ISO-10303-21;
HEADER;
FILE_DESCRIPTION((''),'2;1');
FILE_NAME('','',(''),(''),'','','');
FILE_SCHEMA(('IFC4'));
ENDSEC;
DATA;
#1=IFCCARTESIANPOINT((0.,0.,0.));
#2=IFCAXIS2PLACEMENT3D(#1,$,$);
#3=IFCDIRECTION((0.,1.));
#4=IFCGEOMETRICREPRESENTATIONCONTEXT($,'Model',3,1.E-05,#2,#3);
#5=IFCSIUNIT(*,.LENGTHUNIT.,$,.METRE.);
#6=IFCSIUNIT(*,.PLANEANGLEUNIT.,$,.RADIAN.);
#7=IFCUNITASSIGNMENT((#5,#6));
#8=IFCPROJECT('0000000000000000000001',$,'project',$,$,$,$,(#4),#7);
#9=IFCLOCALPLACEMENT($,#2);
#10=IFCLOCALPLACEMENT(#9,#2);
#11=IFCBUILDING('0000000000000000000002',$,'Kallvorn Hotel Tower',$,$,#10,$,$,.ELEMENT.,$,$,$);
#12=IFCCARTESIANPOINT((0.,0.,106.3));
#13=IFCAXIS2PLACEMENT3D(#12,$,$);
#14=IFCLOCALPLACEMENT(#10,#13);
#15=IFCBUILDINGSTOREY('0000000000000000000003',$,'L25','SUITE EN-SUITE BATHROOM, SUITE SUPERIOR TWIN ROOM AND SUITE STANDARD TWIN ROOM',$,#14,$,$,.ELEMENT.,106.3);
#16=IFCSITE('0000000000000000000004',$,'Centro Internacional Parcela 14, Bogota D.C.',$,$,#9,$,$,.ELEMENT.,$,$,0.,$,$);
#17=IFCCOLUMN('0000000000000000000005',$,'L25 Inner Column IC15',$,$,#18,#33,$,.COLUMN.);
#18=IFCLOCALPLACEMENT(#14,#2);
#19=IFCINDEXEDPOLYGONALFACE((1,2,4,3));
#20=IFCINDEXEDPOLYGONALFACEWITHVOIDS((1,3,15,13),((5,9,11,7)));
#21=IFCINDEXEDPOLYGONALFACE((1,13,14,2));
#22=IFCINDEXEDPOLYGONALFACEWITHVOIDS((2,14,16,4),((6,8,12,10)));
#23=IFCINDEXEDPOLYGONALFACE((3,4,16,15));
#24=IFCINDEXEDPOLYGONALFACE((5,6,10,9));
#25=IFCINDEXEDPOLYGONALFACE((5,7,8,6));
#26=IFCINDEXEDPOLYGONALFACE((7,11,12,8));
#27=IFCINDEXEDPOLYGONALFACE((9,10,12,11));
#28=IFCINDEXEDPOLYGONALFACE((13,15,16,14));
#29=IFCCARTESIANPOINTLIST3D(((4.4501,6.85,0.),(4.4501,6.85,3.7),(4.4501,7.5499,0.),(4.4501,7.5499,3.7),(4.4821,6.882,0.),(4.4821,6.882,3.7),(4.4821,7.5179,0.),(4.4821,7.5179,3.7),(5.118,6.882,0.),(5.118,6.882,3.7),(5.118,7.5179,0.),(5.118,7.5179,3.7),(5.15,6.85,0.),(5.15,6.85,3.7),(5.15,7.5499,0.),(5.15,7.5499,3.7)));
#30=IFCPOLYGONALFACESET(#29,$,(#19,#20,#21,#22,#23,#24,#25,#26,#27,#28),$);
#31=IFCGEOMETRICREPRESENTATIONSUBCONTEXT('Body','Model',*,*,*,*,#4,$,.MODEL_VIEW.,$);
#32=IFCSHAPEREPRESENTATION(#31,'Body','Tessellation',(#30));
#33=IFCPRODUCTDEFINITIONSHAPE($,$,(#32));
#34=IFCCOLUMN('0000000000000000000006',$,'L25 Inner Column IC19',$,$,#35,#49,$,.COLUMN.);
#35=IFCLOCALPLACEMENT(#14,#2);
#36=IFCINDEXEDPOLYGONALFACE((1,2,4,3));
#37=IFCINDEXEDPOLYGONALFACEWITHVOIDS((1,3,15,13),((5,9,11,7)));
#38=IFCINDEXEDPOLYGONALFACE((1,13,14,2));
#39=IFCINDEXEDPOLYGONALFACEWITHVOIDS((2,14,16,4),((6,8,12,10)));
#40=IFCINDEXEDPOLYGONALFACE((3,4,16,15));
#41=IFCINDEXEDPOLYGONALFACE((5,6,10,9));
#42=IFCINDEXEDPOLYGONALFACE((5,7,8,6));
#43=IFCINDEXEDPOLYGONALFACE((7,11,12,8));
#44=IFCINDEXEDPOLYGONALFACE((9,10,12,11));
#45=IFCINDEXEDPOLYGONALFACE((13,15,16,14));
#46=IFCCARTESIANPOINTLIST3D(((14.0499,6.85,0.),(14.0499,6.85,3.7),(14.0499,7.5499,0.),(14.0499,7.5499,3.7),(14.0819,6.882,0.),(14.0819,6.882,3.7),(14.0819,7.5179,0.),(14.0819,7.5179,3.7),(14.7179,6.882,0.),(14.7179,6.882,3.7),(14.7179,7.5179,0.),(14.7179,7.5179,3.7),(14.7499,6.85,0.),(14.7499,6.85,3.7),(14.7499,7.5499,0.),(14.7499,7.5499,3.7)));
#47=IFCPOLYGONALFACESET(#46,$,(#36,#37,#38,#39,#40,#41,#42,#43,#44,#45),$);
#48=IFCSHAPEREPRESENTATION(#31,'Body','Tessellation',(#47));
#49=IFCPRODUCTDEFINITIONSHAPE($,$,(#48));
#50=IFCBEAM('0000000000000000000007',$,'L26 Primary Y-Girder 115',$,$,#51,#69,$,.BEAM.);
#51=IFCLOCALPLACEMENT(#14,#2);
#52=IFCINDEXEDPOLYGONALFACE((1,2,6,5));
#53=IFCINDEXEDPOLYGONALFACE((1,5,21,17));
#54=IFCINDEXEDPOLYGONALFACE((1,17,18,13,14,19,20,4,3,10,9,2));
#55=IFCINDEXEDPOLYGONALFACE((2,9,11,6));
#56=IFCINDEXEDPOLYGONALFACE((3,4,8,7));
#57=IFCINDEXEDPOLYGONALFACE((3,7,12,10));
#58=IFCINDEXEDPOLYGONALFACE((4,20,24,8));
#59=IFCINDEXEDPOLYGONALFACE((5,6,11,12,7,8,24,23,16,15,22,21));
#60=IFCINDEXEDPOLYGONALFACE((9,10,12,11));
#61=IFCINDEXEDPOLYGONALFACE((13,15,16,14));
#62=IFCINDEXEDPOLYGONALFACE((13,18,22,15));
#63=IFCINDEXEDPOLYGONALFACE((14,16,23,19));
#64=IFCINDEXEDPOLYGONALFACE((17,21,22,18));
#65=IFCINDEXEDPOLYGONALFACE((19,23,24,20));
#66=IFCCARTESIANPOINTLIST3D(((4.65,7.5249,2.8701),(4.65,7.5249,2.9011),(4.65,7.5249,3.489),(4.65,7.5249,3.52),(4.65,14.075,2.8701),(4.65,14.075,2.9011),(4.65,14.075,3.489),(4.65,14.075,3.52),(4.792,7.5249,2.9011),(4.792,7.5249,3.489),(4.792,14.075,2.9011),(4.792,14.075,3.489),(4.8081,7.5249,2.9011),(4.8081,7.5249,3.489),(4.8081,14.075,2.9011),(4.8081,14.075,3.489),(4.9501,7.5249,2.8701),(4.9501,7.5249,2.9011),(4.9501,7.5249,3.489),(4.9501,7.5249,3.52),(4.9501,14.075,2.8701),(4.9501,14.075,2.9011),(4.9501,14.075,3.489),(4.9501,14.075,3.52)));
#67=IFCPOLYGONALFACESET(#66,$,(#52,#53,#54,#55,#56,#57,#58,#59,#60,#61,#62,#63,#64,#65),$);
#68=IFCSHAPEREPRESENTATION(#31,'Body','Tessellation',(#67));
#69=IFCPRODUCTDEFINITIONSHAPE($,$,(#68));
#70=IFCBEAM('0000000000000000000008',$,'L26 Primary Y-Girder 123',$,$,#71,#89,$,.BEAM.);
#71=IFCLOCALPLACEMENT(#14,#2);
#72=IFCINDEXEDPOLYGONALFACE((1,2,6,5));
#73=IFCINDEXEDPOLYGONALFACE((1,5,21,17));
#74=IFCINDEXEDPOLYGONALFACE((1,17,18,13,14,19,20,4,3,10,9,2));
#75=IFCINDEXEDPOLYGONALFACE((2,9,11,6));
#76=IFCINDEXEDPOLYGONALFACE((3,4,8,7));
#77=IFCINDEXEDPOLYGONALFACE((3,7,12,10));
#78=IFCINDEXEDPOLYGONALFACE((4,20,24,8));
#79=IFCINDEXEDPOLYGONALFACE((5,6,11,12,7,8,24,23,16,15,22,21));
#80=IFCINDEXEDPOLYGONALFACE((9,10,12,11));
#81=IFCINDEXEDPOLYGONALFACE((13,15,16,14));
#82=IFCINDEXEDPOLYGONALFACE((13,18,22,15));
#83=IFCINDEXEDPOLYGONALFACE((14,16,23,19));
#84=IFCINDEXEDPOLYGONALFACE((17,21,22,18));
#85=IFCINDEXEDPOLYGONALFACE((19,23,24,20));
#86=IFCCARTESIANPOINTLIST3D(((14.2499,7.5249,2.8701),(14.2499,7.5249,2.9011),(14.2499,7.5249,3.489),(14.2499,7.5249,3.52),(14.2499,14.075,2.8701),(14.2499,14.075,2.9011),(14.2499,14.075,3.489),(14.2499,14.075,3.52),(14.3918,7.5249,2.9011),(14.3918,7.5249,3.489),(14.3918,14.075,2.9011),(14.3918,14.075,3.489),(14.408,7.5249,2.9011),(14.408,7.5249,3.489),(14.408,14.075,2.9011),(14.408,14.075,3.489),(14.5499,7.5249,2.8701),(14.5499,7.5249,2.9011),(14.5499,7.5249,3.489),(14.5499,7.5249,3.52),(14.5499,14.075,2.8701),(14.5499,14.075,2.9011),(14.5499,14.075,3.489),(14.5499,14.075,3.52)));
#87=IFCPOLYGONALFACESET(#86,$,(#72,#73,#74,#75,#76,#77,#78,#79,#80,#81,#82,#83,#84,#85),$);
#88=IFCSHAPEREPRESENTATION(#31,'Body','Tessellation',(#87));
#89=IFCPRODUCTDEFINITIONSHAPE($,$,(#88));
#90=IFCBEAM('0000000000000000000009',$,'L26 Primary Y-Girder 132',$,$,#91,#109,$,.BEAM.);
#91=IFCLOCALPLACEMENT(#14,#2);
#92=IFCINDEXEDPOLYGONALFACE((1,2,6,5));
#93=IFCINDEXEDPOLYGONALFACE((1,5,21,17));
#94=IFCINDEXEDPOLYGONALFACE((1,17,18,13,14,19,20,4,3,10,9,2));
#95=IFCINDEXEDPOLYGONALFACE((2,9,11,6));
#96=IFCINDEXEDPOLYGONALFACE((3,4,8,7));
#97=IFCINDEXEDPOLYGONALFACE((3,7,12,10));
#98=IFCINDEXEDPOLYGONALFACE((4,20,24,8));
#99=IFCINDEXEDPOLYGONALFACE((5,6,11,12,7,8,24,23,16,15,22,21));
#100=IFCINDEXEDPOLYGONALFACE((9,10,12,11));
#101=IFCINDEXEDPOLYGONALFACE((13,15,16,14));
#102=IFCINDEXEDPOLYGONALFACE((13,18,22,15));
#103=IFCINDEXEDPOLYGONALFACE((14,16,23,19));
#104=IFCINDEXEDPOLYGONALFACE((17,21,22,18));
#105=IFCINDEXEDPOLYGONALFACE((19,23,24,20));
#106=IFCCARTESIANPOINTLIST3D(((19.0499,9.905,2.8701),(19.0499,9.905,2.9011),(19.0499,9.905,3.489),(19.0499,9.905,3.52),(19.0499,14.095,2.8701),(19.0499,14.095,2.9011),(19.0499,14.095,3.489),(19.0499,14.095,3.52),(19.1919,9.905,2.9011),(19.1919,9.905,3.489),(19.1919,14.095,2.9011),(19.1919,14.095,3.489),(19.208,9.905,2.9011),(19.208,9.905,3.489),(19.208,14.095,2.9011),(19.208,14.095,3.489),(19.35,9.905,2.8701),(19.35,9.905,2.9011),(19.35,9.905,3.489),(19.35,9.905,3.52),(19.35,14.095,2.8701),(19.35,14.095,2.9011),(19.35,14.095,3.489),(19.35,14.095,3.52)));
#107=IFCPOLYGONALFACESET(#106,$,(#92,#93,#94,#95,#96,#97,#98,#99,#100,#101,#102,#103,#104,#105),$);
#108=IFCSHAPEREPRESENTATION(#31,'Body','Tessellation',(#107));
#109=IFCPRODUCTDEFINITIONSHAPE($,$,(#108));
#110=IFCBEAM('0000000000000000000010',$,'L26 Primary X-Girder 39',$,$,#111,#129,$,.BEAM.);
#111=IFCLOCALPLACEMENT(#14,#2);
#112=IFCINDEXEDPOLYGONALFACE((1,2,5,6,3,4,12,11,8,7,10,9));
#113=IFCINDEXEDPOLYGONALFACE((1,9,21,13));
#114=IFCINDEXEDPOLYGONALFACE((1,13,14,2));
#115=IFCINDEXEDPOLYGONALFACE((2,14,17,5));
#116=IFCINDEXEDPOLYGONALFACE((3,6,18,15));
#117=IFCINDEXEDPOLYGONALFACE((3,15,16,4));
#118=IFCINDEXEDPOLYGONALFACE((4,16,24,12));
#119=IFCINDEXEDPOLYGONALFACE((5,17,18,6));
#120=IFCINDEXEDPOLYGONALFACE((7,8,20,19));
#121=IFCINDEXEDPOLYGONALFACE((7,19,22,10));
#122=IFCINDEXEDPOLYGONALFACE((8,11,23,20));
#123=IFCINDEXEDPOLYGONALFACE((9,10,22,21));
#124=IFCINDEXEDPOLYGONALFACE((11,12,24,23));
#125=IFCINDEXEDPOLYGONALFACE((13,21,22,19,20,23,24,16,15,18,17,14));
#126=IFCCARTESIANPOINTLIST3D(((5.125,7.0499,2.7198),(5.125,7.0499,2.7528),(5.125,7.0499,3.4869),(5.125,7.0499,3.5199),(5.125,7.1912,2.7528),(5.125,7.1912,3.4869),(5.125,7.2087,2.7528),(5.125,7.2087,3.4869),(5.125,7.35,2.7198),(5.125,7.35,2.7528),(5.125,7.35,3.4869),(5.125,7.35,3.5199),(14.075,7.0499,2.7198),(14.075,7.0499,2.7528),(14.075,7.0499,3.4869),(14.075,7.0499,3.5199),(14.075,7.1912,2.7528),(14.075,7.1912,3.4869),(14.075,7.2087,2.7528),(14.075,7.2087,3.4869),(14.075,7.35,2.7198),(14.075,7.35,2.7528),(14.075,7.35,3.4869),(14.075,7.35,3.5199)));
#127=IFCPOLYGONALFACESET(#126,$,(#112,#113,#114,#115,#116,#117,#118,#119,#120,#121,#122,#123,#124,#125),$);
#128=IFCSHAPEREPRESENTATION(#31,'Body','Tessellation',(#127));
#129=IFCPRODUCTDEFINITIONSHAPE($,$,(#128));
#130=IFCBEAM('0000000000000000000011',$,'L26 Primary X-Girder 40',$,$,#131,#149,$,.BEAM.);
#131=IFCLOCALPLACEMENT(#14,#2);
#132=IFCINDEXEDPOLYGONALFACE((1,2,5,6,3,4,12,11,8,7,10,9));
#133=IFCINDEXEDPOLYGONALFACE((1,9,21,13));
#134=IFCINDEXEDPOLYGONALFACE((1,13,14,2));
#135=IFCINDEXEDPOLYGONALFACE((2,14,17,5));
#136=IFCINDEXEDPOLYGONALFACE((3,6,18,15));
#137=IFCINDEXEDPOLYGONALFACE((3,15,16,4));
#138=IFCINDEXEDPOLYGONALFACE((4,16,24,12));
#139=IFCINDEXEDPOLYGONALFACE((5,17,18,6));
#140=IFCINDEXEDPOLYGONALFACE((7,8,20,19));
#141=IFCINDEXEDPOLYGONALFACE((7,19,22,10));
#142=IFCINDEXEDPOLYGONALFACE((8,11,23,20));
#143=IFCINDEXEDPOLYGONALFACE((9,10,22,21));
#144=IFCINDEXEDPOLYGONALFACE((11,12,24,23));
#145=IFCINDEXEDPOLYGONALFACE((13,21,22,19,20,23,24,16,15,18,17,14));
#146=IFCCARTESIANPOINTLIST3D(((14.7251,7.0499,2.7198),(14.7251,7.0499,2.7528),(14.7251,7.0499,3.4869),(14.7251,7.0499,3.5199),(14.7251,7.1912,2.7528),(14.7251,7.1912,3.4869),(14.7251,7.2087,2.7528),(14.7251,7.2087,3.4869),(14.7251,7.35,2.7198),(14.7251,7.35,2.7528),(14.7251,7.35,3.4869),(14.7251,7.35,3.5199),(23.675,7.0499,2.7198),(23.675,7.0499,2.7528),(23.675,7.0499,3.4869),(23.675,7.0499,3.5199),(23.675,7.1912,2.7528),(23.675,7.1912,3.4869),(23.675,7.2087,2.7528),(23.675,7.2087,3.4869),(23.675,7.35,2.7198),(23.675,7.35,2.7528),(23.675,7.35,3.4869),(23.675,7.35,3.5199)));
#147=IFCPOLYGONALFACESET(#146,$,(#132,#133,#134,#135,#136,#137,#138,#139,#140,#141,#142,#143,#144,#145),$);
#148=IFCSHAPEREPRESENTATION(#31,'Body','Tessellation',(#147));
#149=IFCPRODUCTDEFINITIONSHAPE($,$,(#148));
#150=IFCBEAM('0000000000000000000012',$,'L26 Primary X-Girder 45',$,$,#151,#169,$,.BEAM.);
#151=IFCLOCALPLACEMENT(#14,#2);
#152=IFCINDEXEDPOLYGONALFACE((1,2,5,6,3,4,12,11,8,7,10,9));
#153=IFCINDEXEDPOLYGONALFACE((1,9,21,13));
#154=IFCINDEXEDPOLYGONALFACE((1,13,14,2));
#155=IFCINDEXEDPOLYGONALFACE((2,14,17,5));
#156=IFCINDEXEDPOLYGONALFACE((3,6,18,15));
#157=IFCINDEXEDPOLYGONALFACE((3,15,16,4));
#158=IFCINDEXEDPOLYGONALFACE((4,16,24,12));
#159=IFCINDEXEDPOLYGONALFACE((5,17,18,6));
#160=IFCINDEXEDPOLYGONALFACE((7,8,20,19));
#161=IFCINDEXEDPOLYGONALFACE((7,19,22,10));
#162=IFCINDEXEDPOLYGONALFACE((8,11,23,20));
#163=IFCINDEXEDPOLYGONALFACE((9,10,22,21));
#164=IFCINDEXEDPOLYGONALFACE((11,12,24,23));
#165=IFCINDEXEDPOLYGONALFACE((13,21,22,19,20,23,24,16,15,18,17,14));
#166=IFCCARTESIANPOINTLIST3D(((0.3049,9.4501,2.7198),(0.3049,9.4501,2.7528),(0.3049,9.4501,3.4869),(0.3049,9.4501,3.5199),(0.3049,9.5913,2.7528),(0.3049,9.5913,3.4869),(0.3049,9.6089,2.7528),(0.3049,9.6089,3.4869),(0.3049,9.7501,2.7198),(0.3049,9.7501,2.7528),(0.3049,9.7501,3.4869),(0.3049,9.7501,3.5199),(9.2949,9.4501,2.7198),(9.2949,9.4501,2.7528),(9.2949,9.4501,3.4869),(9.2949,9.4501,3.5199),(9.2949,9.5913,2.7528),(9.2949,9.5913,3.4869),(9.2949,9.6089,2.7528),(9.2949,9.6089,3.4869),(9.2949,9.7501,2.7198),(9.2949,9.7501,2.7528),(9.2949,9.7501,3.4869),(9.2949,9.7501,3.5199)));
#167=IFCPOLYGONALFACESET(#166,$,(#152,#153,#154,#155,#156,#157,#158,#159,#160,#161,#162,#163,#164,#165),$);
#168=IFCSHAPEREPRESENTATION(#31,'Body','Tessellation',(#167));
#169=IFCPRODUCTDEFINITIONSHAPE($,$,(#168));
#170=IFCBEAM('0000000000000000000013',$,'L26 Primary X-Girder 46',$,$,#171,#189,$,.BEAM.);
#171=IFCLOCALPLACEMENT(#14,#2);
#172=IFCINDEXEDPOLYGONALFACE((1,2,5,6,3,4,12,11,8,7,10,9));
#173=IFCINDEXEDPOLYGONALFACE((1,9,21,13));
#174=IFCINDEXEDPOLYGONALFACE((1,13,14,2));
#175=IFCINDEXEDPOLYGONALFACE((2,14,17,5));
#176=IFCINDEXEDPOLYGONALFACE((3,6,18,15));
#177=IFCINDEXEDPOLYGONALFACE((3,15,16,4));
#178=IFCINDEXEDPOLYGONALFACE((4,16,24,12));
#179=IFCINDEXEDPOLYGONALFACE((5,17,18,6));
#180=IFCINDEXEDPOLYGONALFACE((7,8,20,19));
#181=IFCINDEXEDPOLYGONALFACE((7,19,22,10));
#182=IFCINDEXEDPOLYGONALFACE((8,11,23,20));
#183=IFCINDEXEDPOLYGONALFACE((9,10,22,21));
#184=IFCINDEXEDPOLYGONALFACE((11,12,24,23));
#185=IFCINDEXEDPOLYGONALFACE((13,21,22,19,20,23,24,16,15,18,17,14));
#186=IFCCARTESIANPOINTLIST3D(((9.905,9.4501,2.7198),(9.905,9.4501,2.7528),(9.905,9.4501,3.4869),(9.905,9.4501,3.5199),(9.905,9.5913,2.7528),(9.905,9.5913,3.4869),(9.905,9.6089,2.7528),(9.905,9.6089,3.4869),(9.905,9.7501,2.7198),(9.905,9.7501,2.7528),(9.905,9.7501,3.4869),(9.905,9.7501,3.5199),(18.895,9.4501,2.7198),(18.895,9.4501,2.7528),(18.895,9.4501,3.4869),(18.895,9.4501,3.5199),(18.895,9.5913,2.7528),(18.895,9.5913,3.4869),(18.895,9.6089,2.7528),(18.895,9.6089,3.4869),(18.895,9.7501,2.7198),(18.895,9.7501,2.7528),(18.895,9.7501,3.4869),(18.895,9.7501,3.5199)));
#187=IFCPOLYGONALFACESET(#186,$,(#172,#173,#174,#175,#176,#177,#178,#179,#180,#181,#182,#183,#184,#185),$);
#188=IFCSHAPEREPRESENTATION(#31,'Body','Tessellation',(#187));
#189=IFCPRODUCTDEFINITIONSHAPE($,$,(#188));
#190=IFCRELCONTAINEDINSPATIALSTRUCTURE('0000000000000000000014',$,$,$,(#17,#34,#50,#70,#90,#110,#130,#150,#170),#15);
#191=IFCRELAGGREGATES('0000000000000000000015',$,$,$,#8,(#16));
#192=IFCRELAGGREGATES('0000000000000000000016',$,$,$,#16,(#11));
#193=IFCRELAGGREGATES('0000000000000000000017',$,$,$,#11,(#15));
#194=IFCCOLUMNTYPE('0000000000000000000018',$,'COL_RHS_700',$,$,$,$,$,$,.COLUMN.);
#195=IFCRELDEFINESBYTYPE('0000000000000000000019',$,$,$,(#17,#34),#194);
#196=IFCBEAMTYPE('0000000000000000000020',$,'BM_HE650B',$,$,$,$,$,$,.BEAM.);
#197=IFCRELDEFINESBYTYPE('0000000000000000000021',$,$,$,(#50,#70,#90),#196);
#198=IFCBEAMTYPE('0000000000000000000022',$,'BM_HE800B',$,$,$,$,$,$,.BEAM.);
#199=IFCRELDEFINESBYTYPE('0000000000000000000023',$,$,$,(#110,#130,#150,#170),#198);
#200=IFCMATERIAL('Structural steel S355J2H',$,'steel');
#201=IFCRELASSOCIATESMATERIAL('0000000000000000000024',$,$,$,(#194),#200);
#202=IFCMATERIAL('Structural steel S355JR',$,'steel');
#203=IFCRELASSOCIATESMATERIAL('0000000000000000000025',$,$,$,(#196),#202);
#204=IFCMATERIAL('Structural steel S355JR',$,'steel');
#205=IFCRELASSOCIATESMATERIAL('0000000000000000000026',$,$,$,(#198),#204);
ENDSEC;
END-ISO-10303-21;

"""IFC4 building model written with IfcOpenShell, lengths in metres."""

from ifc_helpers import new_model, si_unit, direction, frame, origin, origin_2d, place, context, subcontext, project, spatial, hollow_rectangle, i_section, extrude, material, material_profile, profile_set, type_object, element, save


model = new_model("IFC4")

# Units and contexts
model_context = context("Model", 3, precision=1e-05, world=origin(), true_north=direction((0.0, 1.0)))
body_context = subcontext(model_context, "Body", "Model", "MODEL_VIEW")
ifc_project = project(units=[si_unit("LENGTHUNIT", "METRE"), si_unit("PLANEANGLEUNIT", "RADIAN")], contexts=[model_context])

# Site, building, storey
site_placement = place(None, origin())
site = spatial("IfcSite", under=ifc_project, at=site_placement, Name="Centro Internacional Parcela 14, Bogota D.C.", CompositionType="ELEMENT", RefElevation=0.0)
building_placement = place(site_placement, origin())
building = spatial("IfcBuilding", under=site, at=building_placement, Name="Kallvorn Hotel Tower", CompositionType="ELEMENT")
storey_placement = place(building_placement, frame((0.0, 0.0, 106.3)))
storey = spatial("IfcBuildingStorey", under=building, at=storey_placement, Name="L25", Description="SUITE EN-SUITE BATHROOM, SUITE SUPERIOR TWIN ROOM AND SUITE STANDARD TWIN ROOM", CompositionType="ELEMENT", Elevation=106.3)

# Columns
ifc_material_1 = material(Name="Structural steel S355J2H", Category="steel")
ifc_material_profile_1 = material_profile(ifc_material_1, hollow_rectangle(XDim=0.7, YDim=0.7, WallThickness=0.032, at=origin_2d()), Name="RHS 700x700x32")
ifc_profile_set_1 = profile_set([ifc_material_profile_1], Name="Structural steel S355J2H")
column_type_1 = type_object("IfcColumnType", Name="COL_RHS_700", PredefinedType="COLUMN", material=ifc_profile_set_1)
for number, where, z_axis, x_axis, name in (
    (1, (4.8, 7.2, 0.0), (0.0, 0.0, 1.0), (1.0, 0.0, 0.0), "L25 Inner Column IC15"),
    (2, (14.3999, 7.2, 0.0), (0.0, 0.0, 1.0), (1.0, 0.0, 0.0), "L25 Inner Column IC19"),
):
    element("IfcColumn", number, at=place(storey_placement, frame(where, z_axis=z_axis, x_axis=x_axis)), inside=storey, type_object=column_type_1, Name=name, PredefinedType="COLUMN", context=body_context, shape_type="SweptSolid", body=[
        extrude(hollow_rectangle(XDim=0.7, YDim=0.7, WallThickness=0.032, at=origin_2d()), origin(), (0.0, 0.0, 1.0), 3.7),
    ])

# Beams
ifc_material_2 = material(Name="Structural steel S355JR", Category="steel")
ifc_material_profile_2 = material_profile(ifc_material_2, i_section(OverallWidth=0.3, OverallDepth=0.6499, WebThickness=0.0161, FlangeThickness=0.031, at=origin_2d()), Name="HE 650 B")
ifc_profile_set_2 = profile_set([ifc_material_profile_2], Name="Structural steel S355JR")
beam_type_1 = type_object("IfcBeamType", Name="BM_HE650B", PredefinedType="BEAM", material=ifc_profile_set_2)
for number, where, z_axis, x_axis, name in (
    (3, (4.8, 7.5249, 3.1951), (0.0, 1.0, 0.0), (-1.0, 0.0, 0.0), "L26 Primary Y-Girder 115"),
    (4, (14.3999, 7.5249, 3.1951), (0.0, 1.0, 0.0), (-1.0, 0.0, 0.0), "L26 Primary Y-Girder 123"),
):
    element("IfcBeam", number, at=place(storey_placement, frame(where, z_axis=z_axis, x_axis=x_axis)), inside=storey, type_object=beam_type_1, Name=name, PredefinedType="BEAM", context=body_context, shape_type="SweptSolid", body=[
        extrude(i_section(OverallWidth=0.3, OverallDepth=0.6499, WebThickness=0.0161, FlangeThickness=0.031, at=origin_2d()), origin(), (0.0, 0.0, 1.0), 6.55),
    ])
beam_placement = place(storey_placement, frame((19.2, 9.905, 3.1951), z_axis=(0.0, 1.0, 0.0), x_axis=(-1.0, 0.0, 0.0)))
element("IfcBeam", 5, at=beam_placement, inside=storey, type_object=beam_type_1, Name="L26 Primary Y-Girder 132", PredefinedType="BEAM", context=body_context, shape_type="SweptSolid", body=[
    extrude(i_section(OverallWidth=0.3, OverallDepth=0.6499, WebThickness=0.0161, FlangeThickness=0.031, at=origin_2d()), origin(), (0.0, 0.0, 1.0), 4.1899),
])
ifc_material_3 = material(Name="Structural steel S355JR", Category="steel")
ifc_material_profile_3 = material_profile(ifc_material_3, i_section(OverallWidth=0.3, OverallDepth=0.8, WebThickness=0.0176, FlangeThickness=0.033, at=origin_2d()), Name="HE 800 B")
ifc_profile_set_3 = profile_set([ifc_material_profile_3], Name="Structural steel S355JR")
beam_type_2 = type_object("IfcBeamType", Name="BM_HE800B", PredefinedType="BEAM", material=ifc_profile_set_3)
for number, where, z_axis, x_axis, name in (
    (6, (5.125, 7.2, 3.1199), (1.0, 0.0, 0.0), (0.0, 1.0, 0.0), "L26 Primary X-Girder 39"),
    (7, (14.7251, 7.2, 3.1199), (1.0, 0.0, 0.0), (0.0, 1.0, 0.0), "L26 Primary X-Girder 40"),
):
    element("IfcBeam", number, at=place(storey_placement, frame(where, z_axis=z_axis, x_axis=x_axis)), inside=storey, type_object=beam_type_2, Name=name, PredefinedType="BEAM", context=body_context, shape_type="SweptSolid", body=[
        extrude(i_section(OverallWidth=0.3, OverallDepth=0.8, WebThickness=0.0176, FlangeThickness=0.033, at=origin_2d()), origin(), (0.0, 0.0, 1.0), 8.95),
    ])
for number, where, z_axis, x_axis, name in (
    (8, (0.3049, 9.6001, 3.1199), (1.0, 0.0, 0.0), (0.0, 1.0, 0.0), "L26 Primary X-Girder 45"),
    (9, (9.905, 9.6001, 3.1199), (1.0, 0.0, 0.0), (0.0, 1.0, 0.0), "L26 Primary X-Girder 46"),
):
    element("IfcBeam", number, at=place(storey_placement, frame(where, z_axis=z_axis, x_axis=x_axis)), inside=storey, type_object=beam_type_2, Name=name, PredefinedType="BEAM", context=body_context, shape_type="SweptSolid", body=[
        extrude(i_section(OverallWidth=0.3, OverallDepth=0.8, WebThickness=0.0176, FlangeThickness=0.033, at=origin_2d()), origin(), (0.0, 0.0, 1.0), 8.99),
    ])

save(model, "model.ifc")
